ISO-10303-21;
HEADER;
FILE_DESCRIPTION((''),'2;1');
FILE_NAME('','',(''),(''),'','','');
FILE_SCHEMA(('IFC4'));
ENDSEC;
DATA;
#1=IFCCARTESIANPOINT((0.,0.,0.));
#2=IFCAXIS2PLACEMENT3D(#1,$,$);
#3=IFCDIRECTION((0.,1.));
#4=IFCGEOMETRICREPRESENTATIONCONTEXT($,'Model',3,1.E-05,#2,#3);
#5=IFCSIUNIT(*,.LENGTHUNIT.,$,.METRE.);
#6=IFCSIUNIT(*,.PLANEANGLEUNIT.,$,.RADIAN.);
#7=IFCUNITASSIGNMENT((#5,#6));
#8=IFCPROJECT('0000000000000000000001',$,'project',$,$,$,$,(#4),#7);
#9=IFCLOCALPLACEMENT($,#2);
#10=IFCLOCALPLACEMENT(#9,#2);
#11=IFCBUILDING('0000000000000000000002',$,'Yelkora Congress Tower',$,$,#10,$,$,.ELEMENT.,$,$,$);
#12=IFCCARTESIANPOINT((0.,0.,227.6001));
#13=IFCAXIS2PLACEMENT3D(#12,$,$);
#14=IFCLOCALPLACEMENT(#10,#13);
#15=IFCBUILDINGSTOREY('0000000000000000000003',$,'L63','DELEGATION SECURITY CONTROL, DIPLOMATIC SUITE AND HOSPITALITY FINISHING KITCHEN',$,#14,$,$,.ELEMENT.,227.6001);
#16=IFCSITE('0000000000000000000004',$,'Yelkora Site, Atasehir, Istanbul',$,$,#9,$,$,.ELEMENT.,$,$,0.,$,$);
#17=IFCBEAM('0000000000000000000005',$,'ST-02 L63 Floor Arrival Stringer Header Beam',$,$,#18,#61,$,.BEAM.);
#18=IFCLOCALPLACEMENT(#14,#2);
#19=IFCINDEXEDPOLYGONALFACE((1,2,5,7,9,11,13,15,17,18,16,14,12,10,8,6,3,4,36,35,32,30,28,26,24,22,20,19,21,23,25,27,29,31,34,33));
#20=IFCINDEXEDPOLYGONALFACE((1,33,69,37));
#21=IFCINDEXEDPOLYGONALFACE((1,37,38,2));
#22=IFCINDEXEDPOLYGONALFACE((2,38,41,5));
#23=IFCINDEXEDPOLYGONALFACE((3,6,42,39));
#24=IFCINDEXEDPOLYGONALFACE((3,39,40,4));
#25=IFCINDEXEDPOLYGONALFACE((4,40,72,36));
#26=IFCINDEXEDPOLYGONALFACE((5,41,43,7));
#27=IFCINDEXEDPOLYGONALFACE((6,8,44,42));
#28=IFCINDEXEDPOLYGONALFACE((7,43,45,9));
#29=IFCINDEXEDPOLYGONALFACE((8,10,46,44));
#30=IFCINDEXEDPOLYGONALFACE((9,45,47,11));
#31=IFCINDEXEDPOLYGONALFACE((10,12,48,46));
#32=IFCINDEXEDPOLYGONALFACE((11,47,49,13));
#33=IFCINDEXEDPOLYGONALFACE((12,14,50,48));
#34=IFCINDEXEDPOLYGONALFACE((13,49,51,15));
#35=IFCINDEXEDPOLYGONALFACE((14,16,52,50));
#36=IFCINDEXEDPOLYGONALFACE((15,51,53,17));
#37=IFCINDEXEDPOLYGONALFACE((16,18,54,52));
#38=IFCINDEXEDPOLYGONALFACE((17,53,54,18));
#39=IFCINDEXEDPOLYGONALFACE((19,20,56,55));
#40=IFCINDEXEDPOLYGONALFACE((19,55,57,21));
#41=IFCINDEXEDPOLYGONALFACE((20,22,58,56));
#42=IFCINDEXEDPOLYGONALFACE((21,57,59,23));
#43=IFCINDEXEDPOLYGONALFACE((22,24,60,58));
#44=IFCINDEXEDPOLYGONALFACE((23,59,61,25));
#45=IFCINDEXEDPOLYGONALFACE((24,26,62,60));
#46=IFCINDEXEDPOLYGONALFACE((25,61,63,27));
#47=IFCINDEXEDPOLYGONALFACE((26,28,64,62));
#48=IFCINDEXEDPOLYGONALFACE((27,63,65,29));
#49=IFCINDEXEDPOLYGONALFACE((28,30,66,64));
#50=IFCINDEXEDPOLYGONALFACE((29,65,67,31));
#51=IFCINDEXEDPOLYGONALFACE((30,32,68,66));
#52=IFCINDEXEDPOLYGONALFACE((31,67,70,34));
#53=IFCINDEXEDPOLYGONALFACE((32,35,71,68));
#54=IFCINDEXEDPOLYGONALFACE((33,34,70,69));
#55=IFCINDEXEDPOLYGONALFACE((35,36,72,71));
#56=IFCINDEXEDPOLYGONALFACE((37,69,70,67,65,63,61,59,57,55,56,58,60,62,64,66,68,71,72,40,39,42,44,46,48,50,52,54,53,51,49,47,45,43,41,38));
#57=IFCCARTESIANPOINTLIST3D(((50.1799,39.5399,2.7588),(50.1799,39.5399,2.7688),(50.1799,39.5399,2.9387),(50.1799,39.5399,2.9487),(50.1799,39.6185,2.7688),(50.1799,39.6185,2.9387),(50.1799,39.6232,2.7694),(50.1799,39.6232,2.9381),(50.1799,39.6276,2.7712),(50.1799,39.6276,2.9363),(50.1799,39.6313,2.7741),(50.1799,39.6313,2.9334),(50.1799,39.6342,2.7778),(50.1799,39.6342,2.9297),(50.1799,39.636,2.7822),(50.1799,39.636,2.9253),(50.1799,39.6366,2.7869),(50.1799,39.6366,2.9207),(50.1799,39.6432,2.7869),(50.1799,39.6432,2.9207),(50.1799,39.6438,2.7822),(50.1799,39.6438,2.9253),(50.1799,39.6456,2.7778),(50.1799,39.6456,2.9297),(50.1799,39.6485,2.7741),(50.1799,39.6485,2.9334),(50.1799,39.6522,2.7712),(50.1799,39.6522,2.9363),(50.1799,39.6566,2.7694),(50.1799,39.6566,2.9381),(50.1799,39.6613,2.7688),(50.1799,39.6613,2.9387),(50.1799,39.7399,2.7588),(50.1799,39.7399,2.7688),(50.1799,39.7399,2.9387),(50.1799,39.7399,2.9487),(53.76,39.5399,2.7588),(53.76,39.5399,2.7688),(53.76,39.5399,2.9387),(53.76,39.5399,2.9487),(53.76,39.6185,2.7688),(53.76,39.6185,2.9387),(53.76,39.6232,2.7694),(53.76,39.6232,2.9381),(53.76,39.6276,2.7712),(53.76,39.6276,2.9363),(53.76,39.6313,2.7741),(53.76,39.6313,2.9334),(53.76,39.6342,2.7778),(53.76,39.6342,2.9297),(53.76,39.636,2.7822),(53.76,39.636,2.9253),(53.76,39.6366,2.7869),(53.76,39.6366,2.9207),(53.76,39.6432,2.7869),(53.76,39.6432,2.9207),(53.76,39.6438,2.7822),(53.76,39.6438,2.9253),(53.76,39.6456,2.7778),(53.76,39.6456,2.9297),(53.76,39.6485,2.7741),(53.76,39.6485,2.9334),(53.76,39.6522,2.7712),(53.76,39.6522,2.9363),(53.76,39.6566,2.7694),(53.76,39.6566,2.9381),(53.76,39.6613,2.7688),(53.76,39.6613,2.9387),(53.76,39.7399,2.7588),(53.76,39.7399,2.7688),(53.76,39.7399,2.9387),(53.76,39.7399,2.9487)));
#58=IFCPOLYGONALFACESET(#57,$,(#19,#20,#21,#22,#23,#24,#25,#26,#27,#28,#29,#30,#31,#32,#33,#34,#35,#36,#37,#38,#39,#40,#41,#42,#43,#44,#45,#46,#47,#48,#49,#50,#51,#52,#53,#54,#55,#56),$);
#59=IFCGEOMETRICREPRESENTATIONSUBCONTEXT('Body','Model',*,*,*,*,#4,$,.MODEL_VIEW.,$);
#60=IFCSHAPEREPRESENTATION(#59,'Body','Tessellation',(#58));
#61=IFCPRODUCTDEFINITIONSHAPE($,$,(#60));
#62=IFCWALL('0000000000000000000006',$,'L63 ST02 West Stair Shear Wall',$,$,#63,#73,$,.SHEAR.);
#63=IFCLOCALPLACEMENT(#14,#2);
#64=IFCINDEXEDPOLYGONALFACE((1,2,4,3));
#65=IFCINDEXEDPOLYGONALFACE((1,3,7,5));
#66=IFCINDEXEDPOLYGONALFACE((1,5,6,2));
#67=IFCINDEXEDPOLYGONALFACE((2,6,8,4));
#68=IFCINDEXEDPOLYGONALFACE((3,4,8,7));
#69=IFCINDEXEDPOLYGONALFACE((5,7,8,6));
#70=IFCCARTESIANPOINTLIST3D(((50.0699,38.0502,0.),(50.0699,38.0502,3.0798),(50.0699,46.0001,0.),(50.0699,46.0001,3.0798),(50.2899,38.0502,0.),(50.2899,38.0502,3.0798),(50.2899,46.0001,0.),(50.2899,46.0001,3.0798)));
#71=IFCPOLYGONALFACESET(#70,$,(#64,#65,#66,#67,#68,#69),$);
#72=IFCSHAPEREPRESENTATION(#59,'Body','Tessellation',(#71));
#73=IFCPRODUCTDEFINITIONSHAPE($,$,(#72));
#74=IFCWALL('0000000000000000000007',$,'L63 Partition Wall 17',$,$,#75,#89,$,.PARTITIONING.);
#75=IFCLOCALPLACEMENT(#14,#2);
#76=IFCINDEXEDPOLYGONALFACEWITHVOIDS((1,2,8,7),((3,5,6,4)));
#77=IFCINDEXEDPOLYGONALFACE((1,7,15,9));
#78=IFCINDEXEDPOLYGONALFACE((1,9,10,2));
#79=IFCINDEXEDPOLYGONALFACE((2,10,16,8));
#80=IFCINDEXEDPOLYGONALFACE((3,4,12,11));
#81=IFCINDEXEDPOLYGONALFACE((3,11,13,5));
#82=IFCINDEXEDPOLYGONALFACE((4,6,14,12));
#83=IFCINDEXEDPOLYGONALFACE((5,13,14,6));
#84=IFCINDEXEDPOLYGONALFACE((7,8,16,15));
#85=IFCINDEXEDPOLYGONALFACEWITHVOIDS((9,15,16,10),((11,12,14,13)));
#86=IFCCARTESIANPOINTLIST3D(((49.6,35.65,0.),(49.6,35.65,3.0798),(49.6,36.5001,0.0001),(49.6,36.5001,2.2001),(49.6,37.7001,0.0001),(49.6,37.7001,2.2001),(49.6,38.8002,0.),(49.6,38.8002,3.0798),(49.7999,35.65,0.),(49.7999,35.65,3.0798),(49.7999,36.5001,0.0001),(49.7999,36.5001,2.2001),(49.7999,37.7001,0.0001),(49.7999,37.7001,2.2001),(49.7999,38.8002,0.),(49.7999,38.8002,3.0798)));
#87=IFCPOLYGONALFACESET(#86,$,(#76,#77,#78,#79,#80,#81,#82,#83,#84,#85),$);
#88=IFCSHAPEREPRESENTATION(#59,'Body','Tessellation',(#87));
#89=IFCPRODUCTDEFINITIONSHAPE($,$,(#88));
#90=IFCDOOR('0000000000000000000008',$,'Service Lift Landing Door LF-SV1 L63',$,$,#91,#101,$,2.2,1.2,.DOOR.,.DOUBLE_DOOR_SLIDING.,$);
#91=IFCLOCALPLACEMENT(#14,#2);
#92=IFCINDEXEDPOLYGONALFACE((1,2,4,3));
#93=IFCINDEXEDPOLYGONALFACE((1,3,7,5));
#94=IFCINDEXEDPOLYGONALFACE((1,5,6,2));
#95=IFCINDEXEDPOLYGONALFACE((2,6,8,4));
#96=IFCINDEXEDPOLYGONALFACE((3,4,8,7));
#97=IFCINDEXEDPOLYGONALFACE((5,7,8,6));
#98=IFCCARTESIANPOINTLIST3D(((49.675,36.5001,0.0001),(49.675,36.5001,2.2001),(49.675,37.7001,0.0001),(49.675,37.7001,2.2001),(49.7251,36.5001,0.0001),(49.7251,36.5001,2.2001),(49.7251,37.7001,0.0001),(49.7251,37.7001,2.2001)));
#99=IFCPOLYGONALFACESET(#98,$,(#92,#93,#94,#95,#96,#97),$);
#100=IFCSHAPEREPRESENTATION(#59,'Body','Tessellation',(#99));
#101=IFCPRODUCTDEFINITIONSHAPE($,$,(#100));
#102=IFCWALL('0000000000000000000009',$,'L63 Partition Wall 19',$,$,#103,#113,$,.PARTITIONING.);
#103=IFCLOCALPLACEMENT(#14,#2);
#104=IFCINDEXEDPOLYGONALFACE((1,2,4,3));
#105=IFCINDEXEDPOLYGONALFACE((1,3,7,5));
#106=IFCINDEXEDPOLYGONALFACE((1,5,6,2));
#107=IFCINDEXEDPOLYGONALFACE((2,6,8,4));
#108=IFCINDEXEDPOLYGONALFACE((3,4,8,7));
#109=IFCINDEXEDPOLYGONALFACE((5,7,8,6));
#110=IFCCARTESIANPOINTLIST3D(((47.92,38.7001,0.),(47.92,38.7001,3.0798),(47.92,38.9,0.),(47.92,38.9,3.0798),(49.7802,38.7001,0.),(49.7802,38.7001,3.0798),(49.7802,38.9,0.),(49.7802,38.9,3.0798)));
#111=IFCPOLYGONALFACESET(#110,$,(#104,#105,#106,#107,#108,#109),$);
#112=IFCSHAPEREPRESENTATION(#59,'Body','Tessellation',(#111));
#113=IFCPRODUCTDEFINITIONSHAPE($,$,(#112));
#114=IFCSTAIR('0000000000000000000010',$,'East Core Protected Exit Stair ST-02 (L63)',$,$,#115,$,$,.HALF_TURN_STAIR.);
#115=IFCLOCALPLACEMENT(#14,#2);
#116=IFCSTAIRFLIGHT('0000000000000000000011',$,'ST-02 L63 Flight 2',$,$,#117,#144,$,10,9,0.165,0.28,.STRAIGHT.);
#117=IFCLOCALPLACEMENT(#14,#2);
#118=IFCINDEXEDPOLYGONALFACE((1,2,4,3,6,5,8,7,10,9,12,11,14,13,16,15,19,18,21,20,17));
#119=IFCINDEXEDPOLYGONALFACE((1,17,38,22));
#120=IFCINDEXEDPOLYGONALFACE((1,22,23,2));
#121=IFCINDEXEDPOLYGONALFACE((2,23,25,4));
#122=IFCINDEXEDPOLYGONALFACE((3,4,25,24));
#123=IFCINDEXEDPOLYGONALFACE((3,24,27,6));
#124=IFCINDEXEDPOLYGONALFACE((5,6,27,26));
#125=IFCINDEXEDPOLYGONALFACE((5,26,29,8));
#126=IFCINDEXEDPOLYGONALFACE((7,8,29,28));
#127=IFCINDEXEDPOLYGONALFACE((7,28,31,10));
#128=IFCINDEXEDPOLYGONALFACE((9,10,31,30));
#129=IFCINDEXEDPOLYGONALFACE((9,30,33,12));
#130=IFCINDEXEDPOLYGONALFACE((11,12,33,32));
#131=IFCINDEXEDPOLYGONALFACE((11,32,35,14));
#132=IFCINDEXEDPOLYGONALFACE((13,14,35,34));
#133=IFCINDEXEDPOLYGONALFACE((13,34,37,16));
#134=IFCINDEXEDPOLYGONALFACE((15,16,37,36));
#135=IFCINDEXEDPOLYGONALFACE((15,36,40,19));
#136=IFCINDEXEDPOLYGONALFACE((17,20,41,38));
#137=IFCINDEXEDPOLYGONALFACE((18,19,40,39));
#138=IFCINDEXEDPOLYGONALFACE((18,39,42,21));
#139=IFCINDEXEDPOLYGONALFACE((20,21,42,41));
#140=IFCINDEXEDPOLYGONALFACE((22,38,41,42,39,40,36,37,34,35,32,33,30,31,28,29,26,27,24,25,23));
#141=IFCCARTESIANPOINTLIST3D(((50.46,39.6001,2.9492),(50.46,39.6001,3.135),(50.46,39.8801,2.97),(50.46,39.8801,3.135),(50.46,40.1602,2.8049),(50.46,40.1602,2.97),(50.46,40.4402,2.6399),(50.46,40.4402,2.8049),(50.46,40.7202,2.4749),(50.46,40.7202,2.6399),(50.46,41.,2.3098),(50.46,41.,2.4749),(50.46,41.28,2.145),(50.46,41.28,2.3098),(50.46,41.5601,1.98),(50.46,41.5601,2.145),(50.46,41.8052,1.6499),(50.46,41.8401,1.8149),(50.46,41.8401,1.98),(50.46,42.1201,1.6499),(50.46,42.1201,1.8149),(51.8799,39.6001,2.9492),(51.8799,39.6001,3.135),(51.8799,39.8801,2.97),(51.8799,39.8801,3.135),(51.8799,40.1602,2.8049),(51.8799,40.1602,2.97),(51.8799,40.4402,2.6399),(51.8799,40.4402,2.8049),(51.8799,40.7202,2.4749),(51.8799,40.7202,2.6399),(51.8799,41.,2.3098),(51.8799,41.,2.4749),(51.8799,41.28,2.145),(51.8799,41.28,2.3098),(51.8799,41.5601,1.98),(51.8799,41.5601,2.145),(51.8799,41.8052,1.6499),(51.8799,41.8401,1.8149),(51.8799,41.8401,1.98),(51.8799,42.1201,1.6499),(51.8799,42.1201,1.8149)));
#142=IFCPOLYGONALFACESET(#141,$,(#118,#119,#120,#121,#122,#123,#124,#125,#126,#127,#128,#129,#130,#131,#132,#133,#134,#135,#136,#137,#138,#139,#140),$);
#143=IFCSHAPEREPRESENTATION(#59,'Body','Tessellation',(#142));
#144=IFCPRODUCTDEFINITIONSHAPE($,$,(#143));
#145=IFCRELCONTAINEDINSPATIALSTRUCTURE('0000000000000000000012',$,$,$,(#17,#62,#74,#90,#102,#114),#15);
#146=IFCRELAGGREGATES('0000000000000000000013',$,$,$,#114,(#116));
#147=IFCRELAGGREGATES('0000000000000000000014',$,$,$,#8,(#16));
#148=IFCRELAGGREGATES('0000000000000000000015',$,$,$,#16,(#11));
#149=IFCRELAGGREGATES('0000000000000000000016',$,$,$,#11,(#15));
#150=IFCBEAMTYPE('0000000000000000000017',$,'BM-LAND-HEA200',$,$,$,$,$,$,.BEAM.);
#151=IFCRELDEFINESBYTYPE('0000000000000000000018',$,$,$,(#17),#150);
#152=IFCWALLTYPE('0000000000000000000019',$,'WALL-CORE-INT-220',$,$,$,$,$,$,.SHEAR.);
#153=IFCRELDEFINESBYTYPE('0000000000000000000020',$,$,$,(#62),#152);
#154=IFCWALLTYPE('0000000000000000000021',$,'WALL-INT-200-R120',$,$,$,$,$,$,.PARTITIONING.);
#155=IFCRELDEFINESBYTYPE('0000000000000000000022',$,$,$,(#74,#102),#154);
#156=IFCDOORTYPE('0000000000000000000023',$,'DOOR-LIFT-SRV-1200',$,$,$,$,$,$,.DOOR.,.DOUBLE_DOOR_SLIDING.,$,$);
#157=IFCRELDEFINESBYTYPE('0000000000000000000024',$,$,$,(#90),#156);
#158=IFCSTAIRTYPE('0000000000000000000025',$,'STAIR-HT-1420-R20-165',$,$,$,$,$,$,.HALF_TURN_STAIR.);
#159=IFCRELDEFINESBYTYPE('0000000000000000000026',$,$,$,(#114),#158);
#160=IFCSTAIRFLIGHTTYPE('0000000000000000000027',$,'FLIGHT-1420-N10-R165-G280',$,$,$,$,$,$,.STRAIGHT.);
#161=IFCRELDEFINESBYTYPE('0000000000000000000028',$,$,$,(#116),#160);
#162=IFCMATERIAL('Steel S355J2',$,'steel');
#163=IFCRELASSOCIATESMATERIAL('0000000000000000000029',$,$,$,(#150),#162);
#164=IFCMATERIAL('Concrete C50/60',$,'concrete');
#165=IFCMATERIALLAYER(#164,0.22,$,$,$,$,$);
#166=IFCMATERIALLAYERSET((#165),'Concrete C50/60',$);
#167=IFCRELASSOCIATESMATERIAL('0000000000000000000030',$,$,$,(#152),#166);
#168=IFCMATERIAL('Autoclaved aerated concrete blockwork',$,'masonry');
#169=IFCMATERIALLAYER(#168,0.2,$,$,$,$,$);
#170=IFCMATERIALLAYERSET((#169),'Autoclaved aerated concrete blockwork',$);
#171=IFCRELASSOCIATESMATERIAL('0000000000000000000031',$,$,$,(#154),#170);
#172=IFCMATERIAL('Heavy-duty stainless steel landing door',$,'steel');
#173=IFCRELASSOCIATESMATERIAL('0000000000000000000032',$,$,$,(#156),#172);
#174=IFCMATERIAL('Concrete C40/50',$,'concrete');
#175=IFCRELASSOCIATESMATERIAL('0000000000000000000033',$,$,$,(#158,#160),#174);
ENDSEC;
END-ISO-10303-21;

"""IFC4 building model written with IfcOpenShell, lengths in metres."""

from ifc_helpers import new_model, si_unit, direction, frame, frame_2d, origin, origin_2d, place, context, subcontext, project, spatial, polyline, rectangle, i_section, outline, extrude, material, layer, layer_set, material_profile, profile_set, type_object, element, fill, aggregate, save


model = new_model("IFC4")

# Units and contexts
model_context = context("Model", 3, precision=1e-05, world=origin(), true_north=direction((0.0, 1.0)))
body_context = subcontext(model_context, "Body", "Model", "MODEL_VIEW")
ifc_project = project(units=[si_unit("LENGTHUNIT", "METRE"), si_unit("PLANEANGLEUNIT", "RADIAN")], contexts=[model_context])

# Site, building, storey
site_placement = place(None, origin())
site = spatial("IfcSite", under=ifc_project, at=site_placement, Name="Yelkora Site, Atasehir, Istanbul", CompositionType="ELEMENT", RefElevation=0.0)
building_placement = place(site_placement, origin())
building = spatial("IfcBuilding", under=site, at=building_placement, Name="Yelkora Congress Tower", CompositionType="ELEMENT")
storey_placement = place(building_placement, frame((0.0, 0.0, 227.6001)))
storey = spatial("IfcBuildingStorey", under=building, at=storey_placement, Name="L63", Description="DELEGATION SECURITY CONTROL, DIPLOMATIC SUITE AND HOSPITALITY FINISHING KITCHEN", CompositionType="ELEMENT", Elevation=227.6001)

# Beam
ifc_material_1 = material(Name="Steel S355J2", Category="steel")
ifc_material_profile = material_profile(ifc_material_1, i_section(OverallWidth=0.2, OverallDepth=0.1899, WebThickness=0.0066, FlangeThickness=0.01, FilletRadius=0.0181, at=origin_2d()), Name="HEA 200")
ifc_profile_set = profile_set([ifc_material_profile], Name="Steel S355J2")
beam_type = type_object("IfcBeamType", Name="BM-LAND-HEA200", PredefinedType="BEAM", material=ifc_profile_set)
beam_placement = place(storey_placement, frame((50.1799, 39.6399, 2.8538), z_axis=(1.0, 0.0, 0.0), x_axis=(0.0, 1.0, 0.0)))
element("IfcBeam", 1, at=beam_placement, inside=storey, type_object=beam_type, Name="ST-02 L63 Floor Arrival Stringer Header Beam", PredefinedType="BEAM", context=body_context, shape_type="SweptSolid", body=[
    extrude(i_section(OverallWidth=0.2, OverallDepth=0.1899, WebThickness=0.0066, FlangeThickness=0.01, FilletRadius=0.0181, at=origin_2d()), origin(), (0.0, 0.0, 1.0), 3.5801),
])

# Wall
ifc_material_2 = material(Name="Concrete C50/60", Category="concrete")
ifc_layer_1 = layer(ifc_material_2, 0.22)
ifc_layer_set_1 = layer_set([ifc_layer_1], Name="Concrete C50/60")
wall_type_1 = type_object("IfcWallType", Name="WALL-CORE-INT-220", PredefinedType="SHEAR", material=ifc_layer_set_1)
wall_1_placement = place(storey_placement, frame((50.1799, 38.05, 0.0), z_axis=(0.0, 0.0, 1.0), x_axis=(0.0, 1.0, 0.0)))
element("IfcWall", 2, at=wall_1_placement, inside=storey, type_object=wall_type_1, Name="L63 ST02 West Stair Shear Wall", PredefinedType="SHEAR", context=body_context, shape_type="SweptSolid", body=[
    extrude(rectangle(XDim=7.95, YDim=0.22, at=frame_2d((3.9751, 0.0))), origin(), (0.0, 0.0, 1.0), 3.0798),
])

# Wall, opening, door
ifc_material_3 = material(Name="Autoclaved aerated concrete blockwork", Category="masonry")
ifc_layer_2 = layer(ifc_material_3, 0.2)
ifc_layer_set_2 = layer_set([ifc_layer_2], Name="Autoclaved aerated concrete blockwork")
wall_type_2 = type_object("IfcWallType", Name="WALL-INT-200-R120", PredefinedType="PARTITIONING", material=ifc_layer_set_2)
wall_2_placement = place(storey_placement, frame((49.7, 35.6499, 0.0), z_axis=(0.0, 0.0, 1.0), x_axis=(0.0, 1.0, 0.0)))
wall_2 = element("IfcWall", 3, at=wall_2_placement, inside=storey, type_object=wall_type_2, Name="L63 Partition Wall 17", PredefinedType="PARTITIONING", context=body_context, shape_type="SweptSolid", body=[
    extrude(rectangle(XDim=3.1501, YDim=0.2, at=frame_2d((1.5752, 0.0))), origin(), (0.0, 0.0, 1.0), 3.0798),
])
opening_1_placement = place(wall_2_placement, frame((0.8501, 0.0, 0.0)))
opening_1 = element("IfcOpeningElement", 4, at=opening_1_placement, cuts=wall_2, PredefinedType="OPENING", context=body_context, shape_type="SweptSolid", body=[
    extrude(rectangle(XDim=1.2, YDim=2.2, at=frame_2d((0.6001, 1.1001))), frame((0.0, 0.1099, 0.0), z_axis=(0.0, -1.0, 0.0), x_axis=(1.0, 0.0, 0.0)), (0.0, 0.0, 1.0), 0.22),
])
ifc_material_4 = material(Name="Heavy-duty stainless steel landing door", Category="steel")
door_type_1 = type_object("IfcDoorType", Name="DOOR-LIFT-SRV-1200", OperationType="DOUBLE_DOOR_SLIDING", PredefinedType="DOOR", material=ifc_material_4)
door_1_placement = place(opening_1_placement, origin())
door_1 = element("IfcDoor", 5, at=door_1_placement, inside=storey, type_object=door_type_1, Name="Service Lift Landing Door LF-SV1 L63", OperationType="DOUBLE_DOOR_SLIDING", OverallHeight=2.2, OverallWidth=1.2, PredefinedType="DOOR", context=body_context, shape_type="SweptSolid", body=[
    extrude(rectangle(XDim=1.2, YDim=2.2, at=frame_2d((0.6001, 1.1001))), frame((0.0, 0.0249, 0.0), z_axis=(0.0, -1.0, 0.0), x_axis=(1.0, 0.0, 0.0)), (0.0, 0.0, 1.0), 0.05),
])
fill(opening_1, door_1)

# Wall
wall_3_placement = place(storey_placement, frame((47.9199, 38.8, 0.0), z_axis=(0.0, 0.0, 1.0), x_axis=(1.0, 0.0, 0.0)))
element("IfcWall", 6, at=wall_3_placement, inside=storey, type_object=wall_type_2, Name="L63 Partition Wall 19", PredefinedType="PARTITIONING", context=body_context, shape_type="SweptSolid", body=[
    extrude(rectangle(XDim=1.8601, YDim=0.2, at=frame_2d((0.9302, 0.0))), origin(), (0.0, 0.0, 1.0), 3.0798),
])

# Stair, stair flight
ifc_material_5 = material(Name="Concrete C40/50", Category="concrete")
stair_type = type_object("IfcStairType", Name="STAIR-HT-1420-R20-165", PredefinedType="HALF_TURN_STAIR", material=ifc_material_5)
stair_placement = place(storey_placement, origin())
stair = element("IfcStair", 7, at=stair_placement, inside=storey, type_object=stair_type, Name="East Core Protected Exit Stair ST-02 (L63)", PredefinedType="HALF_TURN_STAIR")
stair_flight_type = type_object("IfcStairFlightType", Name="FLIGHT-1420-N10-R165-G280", PredefinedType="STRAIGHT", material=ifc_material_5)
stair_flight_placement = place(storey_placement, frame((51.1699, 42.1201, 1.6499), z_axis=(0.0, 0.0, 1.0), x_axis=(0.0, -1.0, 0.0)))
stair_flight = element("IfcStairFlight", 8, at=stair_flight_placement, type_object=stair_flight_type, Name="ST-02 L63 Flight 2", NumberOfRisers=10, NumberOfTreads=9, PredefinedType="STRAIGHT", RiserHeight=0.165, TreadLength=0.28, context=body_context, shape_type="SweptSolid", body=[
    extrude(outline(polyline([(0.0, 0.0), (0.0, 0.165), (0.28, 0.165), (0.28, 0.3301), (0.5601, 0.3301), (0.5601, 0.4951), (0.8401, 0.4951), (0.8401, 0.6599), (1.1201, 0.6599), (1.1201, 0.825), (1.3999, 0.825), (1.3999, 0.99), (1.6799, 0.99), (1.6799, 1.155), (1.96, 1.155), (1.96, 1.3201), (2.24, 1.3201), (2.24, 1.4851), (2.52, 1.4851), (2.52, 1.6499), (2.52, 1.2993), (0.3149, 0.0), (0.0, 0.0)])), frame((0.0, 0.71, 0.0), z_axis=(0.0, -1.0, 0.0), x_axis=(1.0, 0.0, 0.0)), (0.0, 0.0, 1.0), 1.4199),
])
aggregate(stair, [stair_flight])

save(model, "model.ifc")
